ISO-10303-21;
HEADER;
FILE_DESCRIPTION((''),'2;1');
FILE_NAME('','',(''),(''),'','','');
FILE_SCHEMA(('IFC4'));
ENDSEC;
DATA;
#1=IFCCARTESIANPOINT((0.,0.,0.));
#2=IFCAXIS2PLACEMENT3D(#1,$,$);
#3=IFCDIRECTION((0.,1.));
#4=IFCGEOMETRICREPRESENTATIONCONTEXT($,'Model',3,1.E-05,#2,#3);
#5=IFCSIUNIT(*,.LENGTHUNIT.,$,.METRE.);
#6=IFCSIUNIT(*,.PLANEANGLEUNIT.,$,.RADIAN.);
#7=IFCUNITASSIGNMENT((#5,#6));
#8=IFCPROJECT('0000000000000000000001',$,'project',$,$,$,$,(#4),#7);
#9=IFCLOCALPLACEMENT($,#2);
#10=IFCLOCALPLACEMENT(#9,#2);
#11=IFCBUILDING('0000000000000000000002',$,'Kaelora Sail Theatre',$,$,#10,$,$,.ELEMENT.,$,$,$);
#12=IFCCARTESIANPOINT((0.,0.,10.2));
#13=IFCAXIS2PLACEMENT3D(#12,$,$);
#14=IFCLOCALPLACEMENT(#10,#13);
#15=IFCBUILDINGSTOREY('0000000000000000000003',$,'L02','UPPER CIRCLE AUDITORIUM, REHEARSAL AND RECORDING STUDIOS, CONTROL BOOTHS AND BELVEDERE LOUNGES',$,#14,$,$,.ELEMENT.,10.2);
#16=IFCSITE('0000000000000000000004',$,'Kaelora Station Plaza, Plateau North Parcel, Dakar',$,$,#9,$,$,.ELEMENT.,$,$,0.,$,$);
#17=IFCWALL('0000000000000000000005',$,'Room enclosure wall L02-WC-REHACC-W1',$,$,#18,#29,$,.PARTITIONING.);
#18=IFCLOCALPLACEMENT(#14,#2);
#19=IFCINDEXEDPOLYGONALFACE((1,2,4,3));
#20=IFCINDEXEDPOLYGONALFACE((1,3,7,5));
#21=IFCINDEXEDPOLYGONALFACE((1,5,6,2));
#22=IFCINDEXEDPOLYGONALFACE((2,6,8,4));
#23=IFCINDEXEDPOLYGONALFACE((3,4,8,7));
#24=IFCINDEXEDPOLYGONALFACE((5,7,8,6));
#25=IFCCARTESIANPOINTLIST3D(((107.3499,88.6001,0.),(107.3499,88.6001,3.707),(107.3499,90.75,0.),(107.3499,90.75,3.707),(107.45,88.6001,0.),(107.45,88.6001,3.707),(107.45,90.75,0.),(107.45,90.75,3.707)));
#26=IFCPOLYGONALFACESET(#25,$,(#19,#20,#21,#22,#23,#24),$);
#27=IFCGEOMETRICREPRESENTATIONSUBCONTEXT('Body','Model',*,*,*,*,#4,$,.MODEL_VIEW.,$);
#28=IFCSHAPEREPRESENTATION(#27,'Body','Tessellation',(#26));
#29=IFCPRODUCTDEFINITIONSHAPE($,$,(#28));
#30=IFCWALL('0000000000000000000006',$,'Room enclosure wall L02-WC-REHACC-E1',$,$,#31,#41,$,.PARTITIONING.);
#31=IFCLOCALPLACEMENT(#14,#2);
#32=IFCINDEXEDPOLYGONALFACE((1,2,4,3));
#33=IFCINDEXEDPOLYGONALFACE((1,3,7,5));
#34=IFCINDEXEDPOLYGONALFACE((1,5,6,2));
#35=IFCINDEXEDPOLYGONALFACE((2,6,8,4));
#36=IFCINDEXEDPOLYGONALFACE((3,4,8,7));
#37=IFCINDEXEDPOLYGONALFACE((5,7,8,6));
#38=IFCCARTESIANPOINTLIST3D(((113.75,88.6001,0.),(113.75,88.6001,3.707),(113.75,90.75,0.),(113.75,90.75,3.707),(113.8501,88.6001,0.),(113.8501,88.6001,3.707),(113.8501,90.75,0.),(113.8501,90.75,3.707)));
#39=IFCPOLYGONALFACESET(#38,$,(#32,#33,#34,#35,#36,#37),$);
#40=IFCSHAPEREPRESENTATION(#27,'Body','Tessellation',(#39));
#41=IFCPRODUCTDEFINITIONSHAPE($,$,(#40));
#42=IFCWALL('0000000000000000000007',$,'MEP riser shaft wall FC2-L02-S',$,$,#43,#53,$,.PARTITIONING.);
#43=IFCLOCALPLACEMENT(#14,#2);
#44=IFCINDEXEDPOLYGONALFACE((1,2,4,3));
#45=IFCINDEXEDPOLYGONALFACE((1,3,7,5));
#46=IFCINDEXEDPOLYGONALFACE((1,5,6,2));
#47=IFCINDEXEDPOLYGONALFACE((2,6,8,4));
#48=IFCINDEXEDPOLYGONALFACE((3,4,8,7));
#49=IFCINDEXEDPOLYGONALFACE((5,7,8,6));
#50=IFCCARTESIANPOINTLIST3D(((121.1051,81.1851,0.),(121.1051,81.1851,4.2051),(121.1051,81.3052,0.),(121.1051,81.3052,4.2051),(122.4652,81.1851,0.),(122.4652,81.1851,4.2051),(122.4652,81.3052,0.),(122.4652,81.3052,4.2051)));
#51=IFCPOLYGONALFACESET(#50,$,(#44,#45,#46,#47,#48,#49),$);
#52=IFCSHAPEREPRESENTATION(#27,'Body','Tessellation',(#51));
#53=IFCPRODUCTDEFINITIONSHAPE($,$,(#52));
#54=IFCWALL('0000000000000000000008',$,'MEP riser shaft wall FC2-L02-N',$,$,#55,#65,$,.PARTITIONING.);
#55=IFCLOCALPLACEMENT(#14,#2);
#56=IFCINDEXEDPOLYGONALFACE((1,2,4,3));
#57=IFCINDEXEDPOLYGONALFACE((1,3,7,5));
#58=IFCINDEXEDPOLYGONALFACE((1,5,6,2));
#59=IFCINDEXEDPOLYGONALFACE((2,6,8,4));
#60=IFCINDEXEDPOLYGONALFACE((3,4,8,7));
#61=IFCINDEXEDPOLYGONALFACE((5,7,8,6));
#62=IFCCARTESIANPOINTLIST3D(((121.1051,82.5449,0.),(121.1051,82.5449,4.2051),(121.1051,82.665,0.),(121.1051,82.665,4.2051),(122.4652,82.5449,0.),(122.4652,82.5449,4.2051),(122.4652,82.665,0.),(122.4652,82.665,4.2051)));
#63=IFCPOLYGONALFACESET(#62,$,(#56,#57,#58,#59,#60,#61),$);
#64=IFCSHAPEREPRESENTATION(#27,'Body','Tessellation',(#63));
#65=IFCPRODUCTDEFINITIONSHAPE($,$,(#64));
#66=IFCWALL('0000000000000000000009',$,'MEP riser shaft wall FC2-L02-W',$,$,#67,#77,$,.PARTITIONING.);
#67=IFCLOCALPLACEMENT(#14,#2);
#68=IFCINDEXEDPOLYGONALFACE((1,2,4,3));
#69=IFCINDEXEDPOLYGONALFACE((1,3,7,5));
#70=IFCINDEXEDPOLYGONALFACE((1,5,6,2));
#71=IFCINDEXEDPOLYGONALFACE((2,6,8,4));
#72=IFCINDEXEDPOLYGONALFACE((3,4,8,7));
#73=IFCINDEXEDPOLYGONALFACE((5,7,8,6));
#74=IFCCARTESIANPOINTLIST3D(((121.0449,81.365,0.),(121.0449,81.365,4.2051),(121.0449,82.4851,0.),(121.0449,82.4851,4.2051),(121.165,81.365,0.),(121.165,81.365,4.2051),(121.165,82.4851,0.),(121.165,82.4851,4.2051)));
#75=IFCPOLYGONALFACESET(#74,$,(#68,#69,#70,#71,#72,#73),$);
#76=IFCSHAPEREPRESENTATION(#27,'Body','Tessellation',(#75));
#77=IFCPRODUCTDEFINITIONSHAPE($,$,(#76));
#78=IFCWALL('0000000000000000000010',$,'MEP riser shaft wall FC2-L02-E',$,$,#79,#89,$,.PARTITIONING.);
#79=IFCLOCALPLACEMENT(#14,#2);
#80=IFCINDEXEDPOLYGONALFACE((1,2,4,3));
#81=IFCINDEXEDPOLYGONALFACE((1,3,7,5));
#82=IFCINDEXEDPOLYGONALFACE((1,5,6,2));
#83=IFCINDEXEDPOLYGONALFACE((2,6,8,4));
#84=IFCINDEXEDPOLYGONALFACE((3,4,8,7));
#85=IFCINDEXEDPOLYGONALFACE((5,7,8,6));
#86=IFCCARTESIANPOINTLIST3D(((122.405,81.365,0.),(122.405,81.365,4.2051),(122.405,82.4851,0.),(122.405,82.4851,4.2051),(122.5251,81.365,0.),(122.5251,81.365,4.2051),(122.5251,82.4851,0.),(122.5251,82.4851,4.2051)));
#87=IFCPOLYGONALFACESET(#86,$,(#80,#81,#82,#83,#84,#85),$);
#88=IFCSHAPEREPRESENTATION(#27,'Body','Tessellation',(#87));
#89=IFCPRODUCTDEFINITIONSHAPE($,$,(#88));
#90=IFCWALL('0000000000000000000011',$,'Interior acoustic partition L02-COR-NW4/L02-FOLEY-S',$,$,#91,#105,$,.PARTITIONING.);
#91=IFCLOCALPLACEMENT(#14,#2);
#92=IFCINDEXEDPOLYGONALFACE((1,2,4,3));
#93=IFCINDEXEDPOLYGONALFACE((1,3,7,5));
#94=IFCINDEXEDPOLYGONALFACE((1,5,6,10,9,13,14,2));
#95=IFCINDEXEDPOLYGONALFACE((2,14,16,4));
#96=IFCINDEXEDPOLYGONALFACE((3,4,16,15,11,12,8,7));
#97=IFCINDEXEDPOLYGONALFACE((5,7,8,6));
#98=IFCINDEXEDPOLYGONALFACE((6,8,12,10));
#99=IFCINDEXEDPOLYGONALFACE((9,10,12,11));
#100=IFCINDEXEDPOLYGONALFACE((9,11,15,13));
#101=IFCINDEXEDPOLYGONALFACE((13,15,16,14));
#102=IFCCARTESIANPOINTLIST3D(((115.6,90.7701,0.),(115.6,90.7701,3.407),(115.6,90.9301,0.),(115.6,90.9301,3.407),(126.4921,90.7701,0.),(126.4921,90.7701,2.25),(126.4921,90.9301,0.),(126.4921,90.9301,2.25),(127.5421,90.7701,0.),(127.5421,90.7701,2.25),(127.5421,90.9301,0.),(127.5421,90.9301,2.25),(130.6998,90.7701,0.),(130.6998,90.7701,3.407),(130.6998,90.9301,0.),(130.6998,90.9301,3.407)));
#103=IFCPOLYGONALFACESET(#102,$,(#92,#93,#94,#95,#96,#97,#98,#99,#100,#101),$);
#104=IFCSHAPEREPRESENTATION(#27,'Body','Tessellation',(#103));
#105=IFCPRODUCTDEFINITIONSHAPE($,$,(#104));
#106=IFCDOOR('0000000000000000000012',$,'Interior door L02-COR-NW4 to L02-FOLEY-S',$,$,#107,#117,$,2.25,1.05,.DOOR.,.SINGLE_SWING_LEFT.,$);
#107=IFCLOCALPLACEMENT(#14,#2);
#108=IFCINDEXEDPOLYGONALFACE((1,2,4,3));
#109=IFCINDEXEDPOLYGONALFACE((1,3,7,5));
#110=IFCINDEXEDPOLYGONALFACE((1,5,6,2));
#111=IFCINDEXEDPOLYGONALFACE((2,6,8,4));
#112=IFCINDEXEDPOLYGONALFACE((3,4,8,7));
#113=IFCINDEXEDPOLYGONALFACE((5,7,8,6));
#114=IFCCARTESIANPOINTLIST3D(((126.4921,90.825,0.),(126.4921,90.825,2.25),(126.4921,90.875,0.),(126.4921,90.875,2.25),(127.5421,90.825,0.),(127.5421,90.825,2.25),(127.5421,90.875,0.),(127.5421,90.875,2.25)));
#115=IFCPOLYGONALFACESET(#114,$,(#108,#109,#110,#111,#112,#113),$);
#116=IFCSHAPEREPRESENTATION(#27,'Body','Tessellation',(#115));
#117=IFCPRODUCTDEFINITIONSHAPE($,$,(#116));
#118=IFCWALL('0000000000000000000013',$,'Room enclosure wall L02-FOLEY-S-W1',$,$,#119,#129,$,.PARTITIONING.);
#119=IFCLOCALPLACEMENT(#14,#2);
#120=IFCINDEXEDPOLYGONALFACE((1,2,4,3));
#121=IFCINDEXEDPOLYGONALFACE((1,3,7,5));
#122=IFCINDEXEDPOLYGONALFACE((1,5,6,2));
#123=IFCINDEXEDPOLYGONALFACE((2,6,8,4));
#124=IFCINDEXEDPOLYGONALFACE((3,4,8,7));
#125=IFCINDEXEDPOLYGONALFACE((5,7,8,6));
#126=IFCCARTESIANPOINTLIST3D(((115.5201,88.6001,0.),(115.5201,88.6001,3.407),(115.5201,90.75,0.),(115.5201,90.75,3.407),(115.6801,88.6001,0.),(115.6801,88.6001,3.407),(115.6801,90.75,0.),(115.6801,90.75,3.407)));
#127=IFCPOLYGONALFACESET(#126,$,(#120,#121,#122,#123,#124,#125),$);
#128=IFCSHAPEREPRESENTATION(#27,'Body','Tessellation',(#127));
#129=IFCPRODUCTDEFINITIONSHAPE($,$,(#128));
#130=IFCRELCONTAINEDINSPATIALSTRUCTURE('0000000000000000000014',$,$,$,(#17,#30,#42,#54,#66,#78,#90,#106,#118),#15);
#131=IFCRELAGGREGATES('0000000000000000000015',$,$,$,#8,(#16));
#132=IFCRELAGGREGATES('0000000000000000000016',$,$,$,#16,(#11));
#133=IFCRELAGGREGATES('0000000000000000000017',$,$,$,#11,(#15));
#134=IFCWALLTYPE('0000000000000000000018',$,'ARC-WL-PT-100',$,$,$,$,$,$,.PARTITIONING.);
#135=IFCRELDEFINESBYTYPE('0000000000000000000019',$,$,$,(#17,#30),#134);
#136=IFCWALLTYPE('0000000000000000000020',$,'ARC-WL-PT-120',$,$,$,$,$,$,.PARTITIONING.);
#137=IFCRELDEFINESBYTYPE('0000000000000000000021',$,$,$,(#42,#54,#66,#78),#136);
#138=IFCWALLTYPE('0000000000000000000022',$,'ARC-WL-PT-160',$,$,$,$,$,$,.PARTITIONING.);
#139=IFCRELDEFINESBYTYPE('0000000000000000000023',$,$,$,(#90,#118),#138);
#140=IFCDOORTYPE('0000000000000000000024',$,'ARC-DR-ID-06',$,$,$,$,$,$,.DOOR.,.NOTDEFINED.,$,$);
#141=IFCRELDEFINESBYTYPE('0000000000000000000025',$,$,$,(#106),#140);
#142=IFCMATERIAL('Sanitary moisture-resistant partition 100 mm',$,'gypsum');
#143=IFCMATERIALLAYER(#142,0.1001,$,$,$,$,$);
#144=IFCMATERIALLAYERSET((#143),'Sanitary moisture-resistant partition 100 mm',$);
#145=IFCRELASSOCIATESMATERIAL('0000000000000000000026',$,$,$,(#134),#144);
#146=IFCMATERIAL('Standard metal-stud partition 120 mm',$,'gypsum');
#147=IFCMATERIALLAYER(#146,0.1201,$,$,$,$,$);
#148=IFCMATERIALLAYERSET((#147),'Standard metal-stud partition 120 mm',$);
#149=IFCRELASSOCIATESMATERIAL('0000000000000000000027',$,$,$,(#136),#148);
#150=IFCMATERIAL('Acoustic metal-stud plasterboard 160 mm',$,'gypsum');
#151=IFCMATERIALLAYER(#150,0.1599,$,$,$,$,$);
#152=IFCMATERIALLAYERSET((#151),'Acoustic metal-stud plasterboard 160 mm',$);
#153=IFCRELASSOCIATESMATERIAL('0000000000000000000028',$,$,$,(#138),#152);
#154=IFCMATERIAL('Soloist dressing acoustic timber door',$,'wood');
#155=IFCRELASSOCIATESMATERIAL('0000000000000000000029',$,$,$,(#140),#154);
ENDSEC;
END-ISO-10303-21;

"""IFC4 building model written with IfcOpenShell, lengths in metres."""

from ifc_helpers import new_model, si_unit, direction, frame, frame_2d, origin, place, context, subcontext, project, spatial, rectangle, extrude, material, layer, layer_set, type_object, element, fill, save


model = new_model("IFC4")

# Units and contexts
model_context = context("Model", 3, precision=1e-05, world=origin(), true_north=direction((0.0, 1.0)))
body_context = subcontext(model_context, "Body", "Model", "MODEL_VIEW")
ifc_project = project(units=[si_unit("LENGTHUNIT", "METRE"), si_unit("PLANEANGLEUNIT", "RADIAN")], contexts=[model_context])

# Site, building, storey
site_placement = place(None, origin())
site = spatial("IfcSite", under=ifc_project, at=site_placement, Name="Kaelora Station Plaza, Plateau North Parcel, Dakar", CompositionType="ELEMENT", RefElevation=0.0)
building_placement = place(site_placement, origin())
building = spatial("IfcBuilding", under=site, at=building_placement, Name="Kaelora Sail Theatre", CompositionType="ELEMENT")
storey_placement = place(building_placement, frame((0.0, 0.0, 10.2)))
storey = spatial("IfcBuildingStorey", under=building, at=storey_placement, Name="L02", Description="UPPER CIRCLE AUDITORIUM, REHEARSAL AND RECORDING STUDIOS, CONTROL BOOTHS AND BELVEDERE LOUNGES", CompositionType="ELEMENT", Elevation=10.2)

# Shared definitions
ifc_material_1 = material(Name="Sanitary moisture-resistant partition 100 mm", Category="gypsum")
ifc_layer_1 = layer(ifc_material_1, 0.1001)
ifc_layer_set_1 = layer_set([ifc_layer_1], Name="Sanitary moisture-resistant partition 100 mm")
wall_type_1 = type_object("IfcWallType", Name="ARC-WL-PT-100", PredefinedType="PARTITIONING", material=ifc_layer_set_1)

# Walls
for number, where, z_axis, x_axis, name in (
    (1, (107.3999, 88.6001, 0.0), (0.0, 0.0, 1.0), (0.0, 1.0, 0.0), "Room enclosure wall L02-WC-REHACC-W1"),
    (2, (113.8, 88.6001, 0.0), (0.0, 0.0, 1.0), (0.0, 1.0, 0.0), "Room enclosure wall L02-WC-REHACC-E1"),
):
    element("IfcWall", number, at=place(storey_placement, frame(where, z_axis=z_axis, x_axis=x_axis)), inside=storey, type_object=wall_type_1, Name=name, PredefinedType="PARTITIONING", context=body_context, shape_type="SweptSolid", body=[
        extrude(rectangle(XDim=2.1499, YDim=0.1001, at=frame_2d((1.075, 0.0))), origin(), (0.0, 0.0, 1.0), 3.707),
    ])
ifc_material_2 = material(Name="Standard metal-stud partition 120 mm", Category="gypsum")
ifc_layer_2 = layer(ifc_material_2, 0.1201)
ifc_layer_set_2 = layer_set([ifc_layer_2], Name="Standard metal-stud partition 120 mm")
wall_type_2 = type_object("IfcWallType", Name="ARC-WL-PT-120", PredefinedType="PARTITIONING", material=ifc_layer_set_2)
for number, where, z_axis, x_axis, name in (
    (3, (121.105, 81.2451, 0.0), (0.0, 0.0, 1.0), (1.0, 0.0, 0.0), "MEP riser shaft wall FC2-L02-S"),
    (4, (121.105, 82.605, 0.0), (0.0, 0.0, 1.0), (1.0, 0.0, 0.0), "MEP riser shaft wall FC2-L02-N"),
):
    element("IfcWall", number, at=place(storey_placement, frame(where, z_axis=z_axis, x_axis=x_axis)), inside=storey, type_object=wall_type_2, Name=name, PredefinedType="PARTITIONING", context=body_context, shape_type="SweptSolid", body=[
        extrude(rectangle(XDim=1.3601, YDim=0.1201, at=frame_2d((0.6802, 0.0))), origin(), (0.0, 0.0, 1.0), 4.2051),
    ])
for number, where, z_axis, x_axis, name in (
    (5, (121.105, 81.365, 0.0), (0.0, 0.0, 1.0), (0.0, 1.0, 0.0), "MEP riser shaft wall FC2-L02-W"),
    (6, (122.4651, 81.365, 0.0), (0.0, 0.0, 1.0), (0.0, 1.0, 0.0), "MEP riser shaft wall FC2-L02-E"),
):
    element("IfcWall", number, at=place(storey_placement, frame(where, z_axis=z_axis, x_axis=x_axis)), inside=storey, type_object=wall_type_2, Name=name, PredefinedType="PARTITIONING", context=body_context, shape_type="SweptSolid", body=[
        extrude(rectangle(XDim=1.1201, YDim=0.1201, at=frame_2d((0.5601, 0.0))), origin(), (0.0, 0.0, 1.0), 4.2051),
    ])

# Wall, opening, door
ifc_material_3 = material(Name="Acoustic metal-stud plasterboard 160 mm", Category="gypsum")
ifc_layer_3 = layer(ifc_material_3, 0.1599)
ifc_layer_set_3 = layer_set([ifc_layer_3], Name="Acoustic metal-stud plasterboard 160 mm")
wall_type_3 = type_object("IfcWallType", Name="ARC-WL-PT-160", PredefinedType="PARTITIONING", material=ifc_layer_set_3)
wall_1_placement = place(storey_placement, frame((115.6001, 90.8501, 0.0), z_axis=(0.0, 0.0, 1.0), x_axis=(1.0, 0.0, 0.0)))
wall_1 = element("IfcWall", 7, at=wall_1_placement, inside=storey, type_object=wall_type_3, Name="Interior acoustic partition L02-COR-NW4/L02-FOLEY-S", PredefinedType="PARTITIONING", context=body_context, shape_type="SweptSolid", body=[
    extrude(rectangle(XDim=15.0999, YDim=0.1599, at=frame_2d((7.5498, 0.0))), origin(), (0.0, 0.0, 1.0), 3.407),
])
opening_1_placement = place(wall_1_placement, frame((10.8921, 0.0, 0.0)))
opening_1 = element("IfcOpeningElement", 8, at=opening_1_placement, cuts=wall_1, PredefinedType="OPENING", context=body_context, shape_type="SweptSolid", body=[
    extrude(rectangle(XDim=1.05, YDim=2.25, at=frame_2d((0.5249, 1.125))), frame((0.0, 0.0901, 0.0), z_axis=(0.0, -1.0, 0.0), x_axis=(1.0, 0.0, 0.0)), (0.0, 0.0, 1.0), 0.1799),
])
ifc_material_4 = material(Name="Soloist dressing acoustic timber door", Category="wood")
door_type_1 = type_object("IfcDoorType", Name="ARC-DR-ID-06", OperationType="NOTDEFINED", PredefinedType="DOOR", material=ifc_material_4)
door_1_placement = place(opening_1_placement, origin())
door_1 = element("IfcDoor", 9, at=door_1_placement, inside=storey, type_object=door_type_1, Name="Interior door L02-COR-NW4 to L02-FOLEY-S", OperationType="SINGLE_SWING_LEFT", OverallHeight=2.25, OverallWidth=1.05, PredefinedType="DOOR", context=body_context, shape_type="SweptSolid", body=[
    extrude(rectangle(XDim=1.05, YDim=2.25, at=frame_2d((0.5249, 1.125))), frame((0.0, 0.0249, 0.0), z_axis=(0.0, -1.0, 0.0), x_axis=(1.0, 0.0, 0.0)), (0.0, 0.0, 1.0), 0.05),
])
fill(opening_1, door_1)

# Wall
wall_2_placement = place(storey_placement, frame((115.6001, 88.6001, 0.0), z_axis=(0.0, 0.0, 1.0), x_axis=(0.0, 1.0, 0.0)))
element("IfcWall", 10, at=wall_2_placement, inside=storey, type_object=wall_type_3, Name="Room enclosure wall L02-FOLEY-S-W1", PredefinedType="PARTITIONING", context=body_context, shape_type="SweptSolid", body=[
    extrude(rectangle(XDim=2.1499, YDim=0.1599, at=frame_2d((1.075, 0.0))), origin(), (0.0, 0.0, 1.0), 3.407),
])

save(model, "model.ifc")
